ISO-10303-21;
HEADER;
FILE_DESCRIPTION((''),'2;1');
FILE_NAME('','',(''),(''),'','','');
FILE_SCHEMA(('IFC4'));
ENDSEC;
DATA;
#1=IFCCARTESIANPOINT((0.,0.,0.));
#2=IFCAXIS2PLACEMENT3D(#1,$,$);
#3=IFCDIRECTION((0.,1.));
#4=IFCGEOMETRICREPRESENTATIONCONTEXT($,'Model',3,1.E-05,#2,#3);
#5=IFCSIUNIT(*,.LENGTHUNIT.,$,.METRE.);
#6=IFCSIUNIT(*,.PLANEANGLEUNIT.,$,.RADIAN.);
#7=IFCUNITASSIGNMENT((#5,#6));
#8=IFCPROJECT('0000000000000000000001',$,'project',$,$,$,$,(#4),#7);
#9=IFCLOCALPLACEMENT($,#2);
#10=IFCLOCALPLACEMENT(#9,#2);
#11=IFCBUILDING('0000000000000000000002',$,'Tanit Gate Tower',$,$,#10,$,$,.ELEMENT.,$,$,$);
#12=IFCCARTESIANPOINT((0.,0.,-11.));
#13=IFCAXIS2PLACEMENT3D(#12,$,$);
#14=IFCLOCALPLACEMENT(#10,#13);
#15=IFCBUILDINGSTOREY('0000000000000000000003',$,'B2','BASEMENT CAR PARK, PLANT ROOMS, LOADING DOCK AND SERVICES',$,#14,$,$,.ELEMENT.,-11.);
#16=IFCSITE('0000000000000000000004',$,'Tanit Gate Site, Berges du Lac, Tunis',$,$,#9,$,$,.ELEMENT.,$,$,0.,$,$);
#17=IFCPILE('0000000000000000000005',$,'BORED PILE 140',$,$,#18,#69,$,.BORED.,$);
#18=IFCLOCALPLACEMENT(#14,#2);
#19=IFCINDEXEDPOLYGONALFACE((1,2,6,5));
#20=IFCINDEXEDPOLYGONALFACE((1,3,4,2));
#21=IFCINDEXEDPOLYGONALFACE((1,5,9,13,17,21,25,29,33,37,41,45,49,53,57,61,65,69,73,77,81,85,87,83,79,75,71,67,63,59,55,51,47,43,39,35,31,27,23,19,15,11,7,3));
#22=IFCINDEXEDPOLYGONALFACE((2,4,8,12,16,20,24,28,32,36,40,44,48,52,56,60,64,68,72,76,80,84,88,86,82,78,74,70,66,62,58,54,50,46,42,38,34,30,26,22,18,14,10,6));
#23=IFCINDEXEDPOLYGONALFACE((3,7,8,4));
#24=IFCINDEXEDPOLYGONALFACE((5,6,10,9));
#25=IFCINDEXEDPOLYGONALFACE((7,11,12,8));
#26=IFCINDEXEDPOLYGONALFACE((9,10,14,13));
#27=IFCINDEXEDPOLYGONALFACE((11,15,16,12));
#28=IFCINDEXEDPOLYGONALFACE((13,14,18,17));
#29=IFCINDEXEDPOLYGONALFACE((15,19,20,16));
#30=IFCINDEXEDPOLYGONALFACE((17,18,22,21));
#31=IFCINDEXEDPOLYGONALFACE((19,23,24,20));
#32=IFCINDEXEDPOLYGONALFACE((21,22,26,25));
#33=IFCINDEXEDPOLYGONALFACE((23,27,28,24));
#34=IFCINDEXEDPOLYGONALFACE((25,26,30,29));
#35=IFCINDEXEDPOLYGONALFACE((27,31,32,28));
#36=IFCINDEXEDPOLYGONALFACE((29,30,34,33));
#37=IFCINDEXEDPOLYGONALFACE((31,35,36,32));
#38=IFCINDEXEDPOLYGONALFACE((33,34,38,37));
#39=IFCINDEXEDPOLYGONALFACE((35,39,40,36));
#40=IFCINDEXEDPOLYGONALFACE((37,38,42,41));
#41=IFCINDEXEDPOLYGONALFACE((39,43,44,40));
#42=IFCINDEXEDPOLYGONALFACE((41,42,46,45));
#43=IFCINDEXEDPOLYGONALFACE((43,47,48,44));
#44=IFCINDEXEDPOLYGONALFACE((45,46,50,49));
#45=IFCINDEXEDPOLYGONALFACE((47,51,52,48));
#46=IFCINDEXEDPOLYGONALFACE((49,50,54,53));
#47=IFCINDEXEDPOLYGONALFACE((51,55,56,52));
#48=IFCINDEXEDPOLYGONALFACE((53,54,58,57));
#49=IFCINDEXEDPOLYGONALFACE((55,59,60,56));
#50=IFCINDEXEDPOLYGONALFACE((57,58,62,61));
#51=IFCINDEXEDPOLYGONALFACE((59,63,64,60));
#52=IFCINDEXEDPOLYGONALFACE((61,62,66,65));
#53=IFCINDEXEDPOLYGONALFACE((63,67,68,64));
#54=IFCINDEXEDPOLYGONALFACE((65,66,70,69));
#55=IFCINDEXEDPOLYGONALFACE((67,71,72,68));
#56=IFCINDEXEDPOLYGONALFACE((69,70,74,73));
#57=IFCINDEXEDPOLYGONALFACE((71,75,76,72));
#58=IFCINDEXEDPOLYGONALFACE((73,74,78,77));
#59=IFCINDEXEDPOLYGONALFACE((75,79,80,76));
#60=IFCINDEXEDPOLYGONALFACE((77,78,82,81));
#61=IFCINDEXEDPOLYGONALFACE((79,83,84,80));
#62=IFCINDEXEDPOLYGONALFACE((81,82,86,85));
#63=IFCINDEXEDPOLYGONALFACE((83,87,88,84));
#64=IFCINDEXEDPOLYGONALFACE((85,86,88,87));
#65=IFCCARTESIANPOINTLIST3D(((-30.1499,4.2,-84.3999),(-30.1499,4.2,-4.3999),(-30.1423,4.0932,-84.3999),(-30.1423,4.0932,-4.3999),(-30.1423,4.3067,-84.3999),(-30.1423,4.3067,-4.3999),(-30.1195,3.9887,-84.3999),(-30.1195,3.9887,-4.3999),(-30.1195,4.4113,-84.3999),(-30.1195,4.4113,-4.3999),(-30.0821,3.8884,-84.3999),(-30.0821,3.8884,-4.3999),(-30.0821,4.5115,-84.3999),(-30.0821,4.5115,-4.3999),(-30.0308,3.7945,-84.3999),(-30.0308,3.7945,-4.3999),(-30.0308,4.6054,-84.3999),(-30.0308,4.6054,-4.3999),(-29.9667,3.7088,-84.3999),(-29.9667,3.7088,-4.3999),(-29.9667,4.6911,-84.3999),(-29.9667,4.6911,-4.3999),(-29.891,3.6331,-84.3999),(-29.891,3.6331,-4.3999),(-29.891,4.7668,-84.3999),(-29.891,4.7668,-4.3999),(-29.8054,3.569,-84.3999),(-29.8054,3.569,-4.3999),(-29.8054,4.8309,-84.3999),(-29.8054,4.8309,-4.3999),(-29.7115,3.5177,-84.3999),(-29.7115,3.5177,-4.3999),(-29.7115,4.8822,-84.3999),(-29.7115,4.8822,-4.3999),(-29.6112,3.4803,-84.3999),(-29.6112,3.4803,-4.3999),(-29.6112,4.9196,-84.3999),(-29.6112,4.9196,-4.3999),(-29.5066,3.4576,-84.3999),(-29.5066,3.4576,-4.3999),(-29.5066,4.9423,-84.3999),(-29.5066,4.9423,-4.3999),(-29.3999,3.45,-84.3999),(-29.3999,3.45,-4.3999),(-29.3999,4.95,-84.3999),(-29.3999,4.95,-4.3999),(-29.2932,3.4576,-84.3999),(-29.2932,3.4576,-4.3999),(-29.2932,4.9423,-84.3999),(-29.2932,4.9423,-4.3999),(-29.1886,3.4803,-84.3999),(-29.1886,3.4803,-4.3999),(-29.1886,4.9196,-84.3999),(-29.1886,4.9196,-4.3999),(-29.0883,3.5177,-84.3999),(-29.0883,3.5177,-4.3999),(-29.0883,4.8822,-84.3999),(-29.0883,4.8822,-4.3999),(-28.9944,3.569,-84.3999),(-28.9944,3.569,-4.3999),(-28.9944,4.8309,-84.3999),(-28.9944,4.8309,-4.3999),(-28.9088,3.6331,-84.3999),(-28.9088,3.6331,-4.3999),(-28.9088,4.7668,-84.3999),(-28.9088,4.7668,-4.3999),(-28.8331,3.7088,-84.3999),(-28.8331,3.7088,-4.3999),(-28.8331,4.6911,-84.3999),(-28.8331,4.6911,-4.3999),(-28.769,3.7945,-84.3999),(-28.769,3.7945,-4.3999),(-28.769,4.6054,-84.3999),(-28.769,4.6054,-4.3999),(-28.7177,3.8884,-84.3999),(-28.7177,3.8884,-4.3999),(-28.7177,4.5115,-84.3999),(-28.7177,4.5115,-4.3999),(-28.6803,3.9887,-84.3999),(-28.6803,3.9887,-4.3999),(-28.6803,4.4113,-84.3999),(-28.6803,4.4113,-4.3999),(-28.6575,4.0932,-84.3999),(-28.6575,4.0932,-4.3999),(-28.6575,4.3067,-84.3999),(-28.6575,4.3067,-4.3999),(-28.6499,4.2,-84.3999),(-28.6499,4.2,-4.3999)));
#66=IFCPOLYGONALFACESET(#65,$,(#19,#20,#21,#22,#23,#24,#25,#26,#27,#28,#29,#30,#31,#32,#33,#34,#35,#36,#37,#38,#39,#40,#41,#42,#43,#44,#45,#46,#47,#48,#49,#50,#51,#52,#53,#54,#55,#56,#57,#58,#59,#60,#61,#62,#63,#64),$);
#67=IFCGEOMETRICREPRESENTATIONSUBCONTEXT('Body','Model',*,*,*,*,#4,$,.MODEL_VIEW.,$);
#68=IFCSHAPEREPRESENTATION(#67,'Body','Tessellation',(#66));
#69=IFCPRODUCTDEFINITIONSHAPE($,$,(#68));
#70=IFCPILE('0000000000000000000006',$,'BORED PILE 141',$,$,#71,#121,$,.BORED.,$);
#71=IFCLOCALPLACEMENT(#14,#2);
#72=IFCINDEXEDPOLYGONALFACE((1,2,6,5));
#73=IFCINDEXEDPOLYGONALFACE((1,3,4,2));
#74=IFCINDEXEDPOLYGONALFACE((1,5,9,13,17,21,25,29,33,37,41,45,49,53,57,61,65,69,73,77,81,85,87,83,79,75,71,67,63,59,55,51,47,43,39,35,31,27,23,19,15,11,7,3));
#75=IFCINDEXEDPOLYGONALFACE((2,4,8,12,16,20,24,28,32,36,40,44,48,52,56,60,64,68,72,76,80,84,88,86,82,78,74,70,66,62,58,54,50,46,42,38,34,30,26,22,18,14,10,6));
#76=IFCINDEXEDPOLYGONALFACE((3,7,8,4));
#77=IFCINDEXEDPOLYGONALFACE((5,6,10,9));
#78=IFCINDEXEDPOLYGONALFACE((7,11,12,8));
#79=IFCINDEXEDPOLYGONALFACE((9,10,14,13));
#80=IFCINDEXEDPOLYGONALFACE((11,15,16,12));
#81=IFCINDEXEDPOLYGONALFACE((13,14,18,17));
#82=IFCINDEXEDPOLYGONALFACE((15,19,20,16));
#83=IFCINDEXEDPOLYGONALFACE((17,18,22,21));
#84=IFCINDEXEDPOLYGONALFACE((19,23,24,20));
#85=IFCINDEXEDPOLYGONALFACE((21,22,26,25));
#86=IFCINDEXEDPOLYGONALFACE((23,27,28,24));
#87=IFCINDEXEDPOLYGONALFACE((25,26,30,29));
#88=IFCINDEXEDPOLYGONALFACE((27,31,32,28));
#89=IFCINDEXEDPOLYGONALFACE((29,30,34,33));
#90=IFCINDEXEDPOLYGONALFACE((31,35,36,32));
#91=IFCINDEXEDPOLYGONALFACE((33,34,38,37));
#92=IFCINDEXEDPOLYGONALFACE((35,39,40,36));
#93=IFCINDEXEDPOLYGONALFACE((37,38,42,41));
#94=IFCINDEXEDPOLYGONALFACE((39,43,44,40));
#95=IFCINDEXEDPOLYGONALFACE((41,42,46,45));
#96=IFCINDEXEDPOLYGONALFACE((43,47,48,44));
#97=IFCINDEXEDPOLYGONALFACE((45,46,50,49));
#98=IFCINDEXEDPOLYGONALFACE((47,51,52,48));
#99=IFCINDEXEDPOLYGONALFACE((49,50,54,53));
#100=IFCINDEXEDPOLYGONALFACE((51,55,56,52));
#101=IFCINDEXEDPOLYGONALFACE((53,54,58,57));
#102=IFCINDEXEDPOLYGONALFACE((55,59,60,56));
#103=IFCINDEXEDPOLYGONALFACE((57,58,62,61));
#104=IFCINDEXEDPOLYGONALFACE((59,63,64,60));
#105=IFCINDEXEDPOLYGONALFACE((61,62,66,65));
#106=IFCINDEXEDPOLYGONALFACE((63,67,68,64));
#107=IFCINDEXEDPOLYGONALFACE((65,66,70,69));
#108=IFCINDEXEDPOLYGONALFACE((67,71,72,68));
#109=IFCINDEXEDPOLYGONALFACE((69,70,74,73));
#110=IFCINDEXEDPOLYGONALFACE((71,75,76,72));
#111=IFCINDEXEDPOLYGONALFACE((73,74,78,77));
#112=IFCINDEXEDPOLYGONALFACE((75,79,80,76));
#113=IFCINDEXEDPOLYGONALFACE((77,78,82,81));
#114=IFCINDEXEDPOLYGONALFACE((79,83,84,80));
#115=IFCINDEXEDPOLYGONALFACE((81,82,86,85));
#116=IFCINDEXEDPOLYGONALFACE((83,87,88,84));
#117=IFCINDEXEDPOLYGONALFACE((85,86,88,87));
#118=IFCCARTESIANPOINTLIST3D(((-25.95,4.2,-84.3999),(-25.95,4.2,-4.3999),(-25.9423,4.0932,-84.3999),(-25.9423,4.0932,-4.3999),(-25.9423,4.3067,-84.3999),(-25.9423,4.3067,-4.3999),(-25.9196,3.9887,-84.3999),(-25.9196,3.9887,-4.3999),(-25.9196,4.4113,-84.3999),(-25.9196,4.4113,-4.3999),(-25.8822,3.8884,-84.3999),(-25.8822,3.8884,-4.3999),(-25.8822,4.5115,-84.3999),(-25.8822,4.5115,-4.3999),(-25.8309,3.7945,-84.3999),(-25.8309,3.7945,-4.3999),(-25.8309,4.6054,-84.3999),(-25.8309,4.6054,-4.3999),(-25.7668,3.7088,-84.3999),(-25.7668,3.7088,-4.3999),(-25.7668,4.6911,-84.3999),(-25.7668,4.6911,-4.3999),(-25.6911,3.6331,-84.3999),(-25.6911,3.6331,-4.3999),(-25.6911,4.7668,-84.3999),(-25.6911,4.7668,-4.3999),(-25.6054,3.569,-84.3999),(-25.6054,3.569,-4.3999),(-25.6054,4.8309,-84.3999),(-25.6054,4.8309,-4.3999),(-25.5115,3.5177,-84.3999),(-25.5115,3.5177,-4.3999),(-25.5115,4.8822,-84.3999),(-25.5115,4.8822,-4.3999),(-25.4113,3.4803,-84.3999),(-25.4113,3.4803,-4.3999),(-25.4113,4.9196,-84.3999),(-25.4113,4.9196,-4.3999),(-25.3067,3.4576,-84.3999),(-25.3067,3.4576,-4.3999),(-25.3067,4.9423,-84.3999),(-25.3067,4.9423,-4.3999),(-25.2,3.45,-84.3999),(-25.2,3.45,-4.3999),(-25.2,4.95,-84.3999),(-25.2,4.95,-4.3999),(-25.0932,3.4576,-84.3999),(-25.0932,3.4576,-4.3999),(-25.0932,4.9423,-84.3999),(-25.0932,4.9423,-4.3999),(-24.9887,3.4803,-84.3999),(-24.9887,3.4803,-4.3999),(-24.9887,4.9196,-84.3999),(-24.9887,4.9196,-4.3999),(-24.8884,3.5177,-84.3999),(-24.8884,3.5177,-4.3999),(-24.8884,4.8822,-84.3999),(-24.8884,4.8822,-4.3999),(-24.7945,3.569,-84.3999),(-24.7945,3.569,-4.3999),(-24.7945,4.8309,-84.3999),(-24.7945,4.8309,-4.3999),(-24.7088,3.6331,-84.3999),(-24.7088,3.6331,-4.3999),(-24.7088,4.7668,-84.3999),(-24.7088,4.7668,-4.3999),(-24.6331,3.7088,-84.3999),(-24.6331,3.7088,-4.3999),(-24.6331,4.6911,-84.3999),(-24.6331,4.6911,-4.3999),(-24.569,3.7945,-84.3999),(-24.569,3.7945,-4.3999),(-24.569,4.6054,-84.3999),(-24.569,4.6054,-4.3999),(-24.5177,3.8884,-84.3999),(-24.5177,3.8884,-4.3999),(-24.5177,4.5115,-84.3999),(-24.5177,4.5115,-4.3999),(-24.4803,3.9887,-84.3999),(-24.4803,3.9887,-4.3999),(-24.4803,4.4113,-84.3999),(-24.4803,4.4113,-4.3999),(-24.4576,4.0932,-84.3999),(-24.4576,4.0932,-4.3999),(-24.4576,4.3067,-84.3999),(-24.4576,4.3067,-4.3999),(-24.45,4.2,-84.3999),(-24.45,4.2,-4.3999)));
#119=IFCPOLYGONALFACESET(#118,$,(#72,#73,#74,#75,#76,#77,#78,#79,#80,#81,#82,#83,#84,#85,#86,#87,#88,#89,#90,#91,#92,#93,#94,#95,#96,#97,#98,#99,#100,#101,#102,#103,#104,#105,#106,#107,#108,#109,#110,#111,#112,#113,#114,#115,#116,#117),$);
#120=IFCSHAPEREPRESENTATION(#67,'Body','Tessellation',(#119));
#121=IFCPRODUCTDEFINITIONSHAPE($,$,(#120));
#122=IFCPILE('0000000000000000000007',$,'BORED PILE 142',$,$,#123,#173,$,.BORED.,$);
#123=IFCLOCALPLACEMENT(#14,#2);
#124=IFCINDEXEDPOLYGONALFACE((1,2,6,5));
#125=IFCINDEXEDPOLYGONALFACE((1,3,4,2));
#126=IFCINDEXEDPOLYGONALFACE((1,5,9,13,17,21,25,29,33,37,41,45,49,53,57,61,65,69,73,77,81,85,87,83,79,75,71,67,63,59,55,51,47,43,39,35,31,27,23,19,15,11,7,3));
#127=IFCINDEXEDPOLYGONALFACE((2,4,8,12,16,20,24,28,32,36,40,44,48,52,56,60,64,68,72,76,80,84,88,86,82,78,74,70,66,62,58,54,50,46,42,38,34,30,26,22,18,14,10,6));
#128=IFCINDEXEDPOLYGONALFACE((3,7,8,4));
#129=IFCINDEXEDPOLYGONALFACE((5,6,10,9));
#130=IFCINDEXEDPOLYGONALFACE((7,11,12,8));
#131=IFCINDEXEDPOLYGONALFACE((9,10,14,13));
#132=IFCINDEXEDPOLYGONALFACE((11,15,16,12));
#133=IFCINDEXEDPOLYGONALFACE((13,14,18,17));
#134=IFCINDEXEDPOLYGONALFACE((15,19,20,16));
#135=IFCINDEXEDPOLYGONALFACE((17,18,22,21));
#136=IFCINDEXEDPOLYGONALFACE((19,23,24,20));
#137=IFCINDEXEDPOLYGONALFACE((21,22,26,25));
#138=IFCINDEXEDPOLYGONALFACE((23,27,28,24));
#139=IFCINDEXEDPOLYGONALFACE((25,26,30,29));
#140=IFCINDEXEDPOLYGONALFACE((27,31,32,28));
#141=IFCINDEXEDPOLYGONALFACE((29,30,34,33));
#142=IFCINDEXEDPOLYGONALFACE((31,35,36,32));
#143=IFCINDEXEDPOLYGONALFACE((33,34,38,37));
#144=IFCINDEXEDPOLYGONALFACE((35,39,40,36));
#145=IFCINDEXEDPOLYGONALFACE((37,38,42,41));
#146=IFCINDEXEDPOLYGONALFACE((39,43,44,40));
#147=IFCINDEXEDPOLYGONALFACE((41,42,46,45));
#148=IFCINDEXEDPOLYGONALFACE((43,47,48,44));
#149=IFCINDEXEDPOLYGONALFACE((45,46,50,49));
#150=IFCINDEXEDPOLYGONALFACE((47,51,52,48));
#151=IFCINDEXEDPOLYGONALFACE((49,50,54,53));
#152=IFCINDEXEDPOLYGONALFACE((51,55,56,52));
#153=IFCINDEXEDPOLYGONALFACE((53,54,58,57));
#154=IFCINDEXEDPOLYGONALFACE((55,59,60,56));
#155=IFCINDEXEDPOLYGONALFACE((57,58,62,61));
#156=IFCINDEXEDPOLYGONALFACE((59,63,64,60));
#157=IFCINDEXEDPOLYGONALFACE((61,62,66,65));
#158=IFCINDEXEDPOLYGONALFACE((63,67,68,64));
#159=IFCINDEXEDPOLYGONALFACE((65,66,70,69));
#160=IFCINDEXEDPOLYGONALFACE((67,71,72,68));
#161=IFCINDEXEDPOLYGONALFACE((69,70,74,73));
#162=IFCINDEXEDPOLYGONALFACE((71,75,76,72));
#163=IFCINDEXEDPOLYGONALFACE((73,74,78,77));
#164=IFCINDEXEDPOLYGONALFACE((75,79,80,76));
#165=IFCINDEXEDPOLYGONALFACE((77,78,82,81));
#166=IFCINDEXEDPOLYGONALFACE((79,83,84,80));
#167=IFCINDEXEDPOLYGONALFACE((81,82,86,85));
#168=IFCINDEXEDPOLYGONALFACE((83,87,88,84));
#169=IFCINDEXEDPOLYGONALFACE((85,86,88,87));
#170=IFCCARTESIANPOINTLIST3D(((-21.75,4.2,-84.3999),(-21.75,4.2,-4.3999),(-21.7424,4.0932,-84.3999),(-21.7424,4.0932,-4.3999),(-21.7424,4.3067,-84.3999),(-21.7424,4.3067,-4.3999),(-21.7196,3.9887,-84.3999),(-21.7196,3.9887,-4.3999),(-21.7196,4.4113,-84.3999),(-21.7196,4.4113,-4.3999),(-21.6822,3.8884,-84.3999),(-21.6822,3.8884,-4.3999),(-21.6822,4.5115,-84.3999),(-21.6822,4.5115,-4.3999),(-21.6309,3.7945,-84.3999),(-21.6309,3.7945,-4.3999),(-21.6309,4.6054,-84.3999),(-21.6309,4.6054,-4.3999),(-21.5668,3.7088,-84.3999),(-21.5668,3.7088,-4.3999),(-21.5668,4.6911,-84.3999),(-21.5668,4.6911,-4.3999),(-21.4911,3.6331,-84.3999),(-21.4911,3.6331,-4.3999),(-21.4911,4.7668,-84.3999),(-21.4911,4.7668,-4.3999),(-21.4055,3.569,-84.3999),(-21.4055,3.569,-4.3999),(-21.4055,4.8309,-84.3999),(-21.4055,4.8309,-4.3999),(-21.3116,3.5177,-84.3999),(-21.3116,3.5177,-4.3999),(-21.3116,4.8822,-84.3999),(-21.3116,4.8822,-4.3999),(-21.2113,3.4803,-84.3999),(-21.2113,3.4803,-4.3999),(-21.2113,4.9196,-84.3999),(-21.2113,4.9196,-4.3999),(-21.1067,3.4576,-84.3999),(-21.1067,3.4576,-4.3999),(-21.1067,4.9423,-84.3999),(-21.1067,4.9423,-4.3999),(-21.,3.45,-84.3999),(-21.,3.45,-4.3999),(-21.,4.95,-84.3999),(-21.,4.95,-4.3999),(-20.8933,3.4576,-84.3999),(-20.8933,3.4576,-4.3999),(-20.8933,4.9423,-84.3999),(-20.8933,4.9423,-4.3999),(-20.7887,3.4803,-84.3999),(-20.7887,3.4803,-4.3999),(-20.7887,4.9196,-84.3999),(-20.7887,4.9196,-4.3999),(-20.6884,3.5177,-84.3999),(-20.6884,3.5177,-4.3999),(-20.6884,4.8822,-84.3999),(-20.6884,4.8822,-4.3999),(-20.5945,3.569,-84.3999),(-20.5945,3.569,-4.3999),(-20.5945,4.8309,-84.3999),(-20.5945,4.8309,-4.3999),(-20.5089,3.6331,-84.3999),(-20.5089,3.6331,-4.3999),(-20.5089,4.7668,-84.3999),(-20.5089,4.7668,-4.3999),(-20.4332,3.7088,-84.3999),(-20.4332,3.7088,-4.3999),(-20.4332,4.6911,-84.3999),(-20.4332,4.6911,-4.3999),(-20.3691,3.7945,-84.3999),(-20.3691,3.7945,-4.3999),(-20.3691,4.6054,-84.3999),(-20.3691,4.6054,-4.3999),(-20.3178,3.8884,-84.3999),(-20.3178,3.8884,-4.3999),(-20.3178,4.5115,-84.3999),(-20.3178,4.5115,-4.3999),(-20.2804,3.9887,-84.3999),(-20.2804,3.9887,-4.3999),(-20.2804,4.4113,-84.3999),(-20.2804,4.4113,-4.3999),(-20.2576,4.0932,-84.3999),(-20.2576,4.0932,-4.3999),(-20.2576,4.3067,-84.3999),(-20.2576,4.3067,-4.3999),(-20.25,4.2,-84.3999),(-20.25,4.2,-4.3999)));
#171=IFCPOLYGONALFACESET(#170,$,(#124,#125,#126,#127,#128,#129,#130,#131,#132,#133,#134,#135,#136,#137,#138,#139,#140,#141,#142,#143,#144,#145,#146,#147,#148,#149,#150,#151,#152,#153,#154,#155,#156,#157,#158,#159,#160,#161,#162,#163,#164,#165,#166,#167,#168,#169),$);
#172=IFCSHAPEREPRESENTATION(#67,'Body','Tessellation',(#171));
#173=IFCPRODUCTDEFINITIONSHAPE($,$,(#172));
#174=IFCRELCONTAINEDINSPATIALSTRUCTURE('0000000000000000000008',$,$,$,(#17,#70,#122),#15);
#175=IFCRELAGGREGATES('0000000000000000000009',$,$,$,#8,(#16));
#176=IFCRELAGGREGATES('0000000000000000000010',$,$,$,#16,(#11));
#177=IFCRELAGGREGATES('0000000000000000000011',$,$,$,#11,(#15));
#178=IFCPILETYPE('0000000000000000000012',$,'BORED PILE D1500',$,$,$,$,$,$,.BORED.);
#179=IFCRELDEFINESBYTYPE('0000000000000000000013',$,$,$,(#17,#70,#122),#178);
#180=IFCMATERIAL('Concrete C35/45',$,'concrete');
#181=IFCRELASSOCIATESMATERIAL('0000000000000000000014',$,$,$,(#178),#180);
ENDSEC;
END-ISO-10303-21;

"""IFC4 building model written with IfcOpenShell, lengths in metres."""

from ifc_helpers import new_model, si_unit, direction, frame, origin, origin_2d, place, context, subcontext, project, spatial, circle, extrude, material, material_profile, profile_set, type_object, element, save


model = new_model("IFC4")

# Units and contexts
model_context = context("Model", 3, precision=1e-05, world=origin(), true_north=direction((0.0, 1.0)))
body_context = subcontext(model_context, "Body", "Model", "MODEL_VIEW")
ifc_project = project(units=[si_unit("LENGTHUNIT", "METRE"), si_unit("PLANEANGLEUNIT", "RADIAN")], contexts=[model_context])

# Site, building, storey
site_placement = place(None, origin())
site = spatial("IfcSite", under=ifc_project, at=site_placement, Name="Tanit Gate Site, Berges du Lac, Tunis", CompositionType="ELEMENT", RefElevation=0.0)
building_placement = place(site_placement, origin())
building = spatial("IfcBuilding", under=site, at=building_placement, Name="Tanit Gate Tower", CompositionType="ELEMENT")
storey_placement = place(building_placement, frame((0.0, 0.0, -11.0)))
storey = spatial("IfcBuildingStorey", under=building, at=storey_placement, Name="B2", Description="BASEMENT CAR PARK, PLANT ROOMS, LOADING DOCK AND SERVICES", CompositionType="ELEMENT", Elevation=-11.0)

# Piles
ifc_material_1 = material(Name="Concrete C35/45", Category="concrete")
ifc_material_profile_1 = material_profile(ifc_material_1, circle(Radius=0.75, at=origin_2d()), Name="BORED PILE D1500 C35/45")
ifc_profile_set_1 = profile_set([ifc_material_profile_1], Name="Concrete C35/45")
pile_type = type_object("IfcPileType", Name="BORED PILE D1500", PredefinedType="BORED", material=ifc_profile_set_1)
for number, where, z_axis, x_axis, name in (
    (1, (-29.3999, 4.2, -4.3999), (0.0, 0.0, -1.0), (1.0, 0.0, 0.0), "BORED PILE 140"),
    (2, (-25.2, 4.2, -4.3999), (0.0, 0.0, -1.0), (1.0, 0.0, 0.0), "BORED PILE 141"),
    (3, (-21.0, 4.2, -4.3999), (0.0, 0.0, -1.0), (1.0, 0.0, 0.0), "BORED PILE 142"),
):
    element("IfcPile", number, at=place(storey_placement, frame(where, z_axis=z_axis, x_axis=x_axis)), inside=storey, type_object=pile_type, Name=name, PredefinedType="BORED", context=body_context, shape_type="SweptSolid", body=[
        extrude(circle(Radius=0.75, at=origin_2d()), origin(), (0.0, 0.0, 1.0), 80.0),
    ])

save(model, "model.ifc")
